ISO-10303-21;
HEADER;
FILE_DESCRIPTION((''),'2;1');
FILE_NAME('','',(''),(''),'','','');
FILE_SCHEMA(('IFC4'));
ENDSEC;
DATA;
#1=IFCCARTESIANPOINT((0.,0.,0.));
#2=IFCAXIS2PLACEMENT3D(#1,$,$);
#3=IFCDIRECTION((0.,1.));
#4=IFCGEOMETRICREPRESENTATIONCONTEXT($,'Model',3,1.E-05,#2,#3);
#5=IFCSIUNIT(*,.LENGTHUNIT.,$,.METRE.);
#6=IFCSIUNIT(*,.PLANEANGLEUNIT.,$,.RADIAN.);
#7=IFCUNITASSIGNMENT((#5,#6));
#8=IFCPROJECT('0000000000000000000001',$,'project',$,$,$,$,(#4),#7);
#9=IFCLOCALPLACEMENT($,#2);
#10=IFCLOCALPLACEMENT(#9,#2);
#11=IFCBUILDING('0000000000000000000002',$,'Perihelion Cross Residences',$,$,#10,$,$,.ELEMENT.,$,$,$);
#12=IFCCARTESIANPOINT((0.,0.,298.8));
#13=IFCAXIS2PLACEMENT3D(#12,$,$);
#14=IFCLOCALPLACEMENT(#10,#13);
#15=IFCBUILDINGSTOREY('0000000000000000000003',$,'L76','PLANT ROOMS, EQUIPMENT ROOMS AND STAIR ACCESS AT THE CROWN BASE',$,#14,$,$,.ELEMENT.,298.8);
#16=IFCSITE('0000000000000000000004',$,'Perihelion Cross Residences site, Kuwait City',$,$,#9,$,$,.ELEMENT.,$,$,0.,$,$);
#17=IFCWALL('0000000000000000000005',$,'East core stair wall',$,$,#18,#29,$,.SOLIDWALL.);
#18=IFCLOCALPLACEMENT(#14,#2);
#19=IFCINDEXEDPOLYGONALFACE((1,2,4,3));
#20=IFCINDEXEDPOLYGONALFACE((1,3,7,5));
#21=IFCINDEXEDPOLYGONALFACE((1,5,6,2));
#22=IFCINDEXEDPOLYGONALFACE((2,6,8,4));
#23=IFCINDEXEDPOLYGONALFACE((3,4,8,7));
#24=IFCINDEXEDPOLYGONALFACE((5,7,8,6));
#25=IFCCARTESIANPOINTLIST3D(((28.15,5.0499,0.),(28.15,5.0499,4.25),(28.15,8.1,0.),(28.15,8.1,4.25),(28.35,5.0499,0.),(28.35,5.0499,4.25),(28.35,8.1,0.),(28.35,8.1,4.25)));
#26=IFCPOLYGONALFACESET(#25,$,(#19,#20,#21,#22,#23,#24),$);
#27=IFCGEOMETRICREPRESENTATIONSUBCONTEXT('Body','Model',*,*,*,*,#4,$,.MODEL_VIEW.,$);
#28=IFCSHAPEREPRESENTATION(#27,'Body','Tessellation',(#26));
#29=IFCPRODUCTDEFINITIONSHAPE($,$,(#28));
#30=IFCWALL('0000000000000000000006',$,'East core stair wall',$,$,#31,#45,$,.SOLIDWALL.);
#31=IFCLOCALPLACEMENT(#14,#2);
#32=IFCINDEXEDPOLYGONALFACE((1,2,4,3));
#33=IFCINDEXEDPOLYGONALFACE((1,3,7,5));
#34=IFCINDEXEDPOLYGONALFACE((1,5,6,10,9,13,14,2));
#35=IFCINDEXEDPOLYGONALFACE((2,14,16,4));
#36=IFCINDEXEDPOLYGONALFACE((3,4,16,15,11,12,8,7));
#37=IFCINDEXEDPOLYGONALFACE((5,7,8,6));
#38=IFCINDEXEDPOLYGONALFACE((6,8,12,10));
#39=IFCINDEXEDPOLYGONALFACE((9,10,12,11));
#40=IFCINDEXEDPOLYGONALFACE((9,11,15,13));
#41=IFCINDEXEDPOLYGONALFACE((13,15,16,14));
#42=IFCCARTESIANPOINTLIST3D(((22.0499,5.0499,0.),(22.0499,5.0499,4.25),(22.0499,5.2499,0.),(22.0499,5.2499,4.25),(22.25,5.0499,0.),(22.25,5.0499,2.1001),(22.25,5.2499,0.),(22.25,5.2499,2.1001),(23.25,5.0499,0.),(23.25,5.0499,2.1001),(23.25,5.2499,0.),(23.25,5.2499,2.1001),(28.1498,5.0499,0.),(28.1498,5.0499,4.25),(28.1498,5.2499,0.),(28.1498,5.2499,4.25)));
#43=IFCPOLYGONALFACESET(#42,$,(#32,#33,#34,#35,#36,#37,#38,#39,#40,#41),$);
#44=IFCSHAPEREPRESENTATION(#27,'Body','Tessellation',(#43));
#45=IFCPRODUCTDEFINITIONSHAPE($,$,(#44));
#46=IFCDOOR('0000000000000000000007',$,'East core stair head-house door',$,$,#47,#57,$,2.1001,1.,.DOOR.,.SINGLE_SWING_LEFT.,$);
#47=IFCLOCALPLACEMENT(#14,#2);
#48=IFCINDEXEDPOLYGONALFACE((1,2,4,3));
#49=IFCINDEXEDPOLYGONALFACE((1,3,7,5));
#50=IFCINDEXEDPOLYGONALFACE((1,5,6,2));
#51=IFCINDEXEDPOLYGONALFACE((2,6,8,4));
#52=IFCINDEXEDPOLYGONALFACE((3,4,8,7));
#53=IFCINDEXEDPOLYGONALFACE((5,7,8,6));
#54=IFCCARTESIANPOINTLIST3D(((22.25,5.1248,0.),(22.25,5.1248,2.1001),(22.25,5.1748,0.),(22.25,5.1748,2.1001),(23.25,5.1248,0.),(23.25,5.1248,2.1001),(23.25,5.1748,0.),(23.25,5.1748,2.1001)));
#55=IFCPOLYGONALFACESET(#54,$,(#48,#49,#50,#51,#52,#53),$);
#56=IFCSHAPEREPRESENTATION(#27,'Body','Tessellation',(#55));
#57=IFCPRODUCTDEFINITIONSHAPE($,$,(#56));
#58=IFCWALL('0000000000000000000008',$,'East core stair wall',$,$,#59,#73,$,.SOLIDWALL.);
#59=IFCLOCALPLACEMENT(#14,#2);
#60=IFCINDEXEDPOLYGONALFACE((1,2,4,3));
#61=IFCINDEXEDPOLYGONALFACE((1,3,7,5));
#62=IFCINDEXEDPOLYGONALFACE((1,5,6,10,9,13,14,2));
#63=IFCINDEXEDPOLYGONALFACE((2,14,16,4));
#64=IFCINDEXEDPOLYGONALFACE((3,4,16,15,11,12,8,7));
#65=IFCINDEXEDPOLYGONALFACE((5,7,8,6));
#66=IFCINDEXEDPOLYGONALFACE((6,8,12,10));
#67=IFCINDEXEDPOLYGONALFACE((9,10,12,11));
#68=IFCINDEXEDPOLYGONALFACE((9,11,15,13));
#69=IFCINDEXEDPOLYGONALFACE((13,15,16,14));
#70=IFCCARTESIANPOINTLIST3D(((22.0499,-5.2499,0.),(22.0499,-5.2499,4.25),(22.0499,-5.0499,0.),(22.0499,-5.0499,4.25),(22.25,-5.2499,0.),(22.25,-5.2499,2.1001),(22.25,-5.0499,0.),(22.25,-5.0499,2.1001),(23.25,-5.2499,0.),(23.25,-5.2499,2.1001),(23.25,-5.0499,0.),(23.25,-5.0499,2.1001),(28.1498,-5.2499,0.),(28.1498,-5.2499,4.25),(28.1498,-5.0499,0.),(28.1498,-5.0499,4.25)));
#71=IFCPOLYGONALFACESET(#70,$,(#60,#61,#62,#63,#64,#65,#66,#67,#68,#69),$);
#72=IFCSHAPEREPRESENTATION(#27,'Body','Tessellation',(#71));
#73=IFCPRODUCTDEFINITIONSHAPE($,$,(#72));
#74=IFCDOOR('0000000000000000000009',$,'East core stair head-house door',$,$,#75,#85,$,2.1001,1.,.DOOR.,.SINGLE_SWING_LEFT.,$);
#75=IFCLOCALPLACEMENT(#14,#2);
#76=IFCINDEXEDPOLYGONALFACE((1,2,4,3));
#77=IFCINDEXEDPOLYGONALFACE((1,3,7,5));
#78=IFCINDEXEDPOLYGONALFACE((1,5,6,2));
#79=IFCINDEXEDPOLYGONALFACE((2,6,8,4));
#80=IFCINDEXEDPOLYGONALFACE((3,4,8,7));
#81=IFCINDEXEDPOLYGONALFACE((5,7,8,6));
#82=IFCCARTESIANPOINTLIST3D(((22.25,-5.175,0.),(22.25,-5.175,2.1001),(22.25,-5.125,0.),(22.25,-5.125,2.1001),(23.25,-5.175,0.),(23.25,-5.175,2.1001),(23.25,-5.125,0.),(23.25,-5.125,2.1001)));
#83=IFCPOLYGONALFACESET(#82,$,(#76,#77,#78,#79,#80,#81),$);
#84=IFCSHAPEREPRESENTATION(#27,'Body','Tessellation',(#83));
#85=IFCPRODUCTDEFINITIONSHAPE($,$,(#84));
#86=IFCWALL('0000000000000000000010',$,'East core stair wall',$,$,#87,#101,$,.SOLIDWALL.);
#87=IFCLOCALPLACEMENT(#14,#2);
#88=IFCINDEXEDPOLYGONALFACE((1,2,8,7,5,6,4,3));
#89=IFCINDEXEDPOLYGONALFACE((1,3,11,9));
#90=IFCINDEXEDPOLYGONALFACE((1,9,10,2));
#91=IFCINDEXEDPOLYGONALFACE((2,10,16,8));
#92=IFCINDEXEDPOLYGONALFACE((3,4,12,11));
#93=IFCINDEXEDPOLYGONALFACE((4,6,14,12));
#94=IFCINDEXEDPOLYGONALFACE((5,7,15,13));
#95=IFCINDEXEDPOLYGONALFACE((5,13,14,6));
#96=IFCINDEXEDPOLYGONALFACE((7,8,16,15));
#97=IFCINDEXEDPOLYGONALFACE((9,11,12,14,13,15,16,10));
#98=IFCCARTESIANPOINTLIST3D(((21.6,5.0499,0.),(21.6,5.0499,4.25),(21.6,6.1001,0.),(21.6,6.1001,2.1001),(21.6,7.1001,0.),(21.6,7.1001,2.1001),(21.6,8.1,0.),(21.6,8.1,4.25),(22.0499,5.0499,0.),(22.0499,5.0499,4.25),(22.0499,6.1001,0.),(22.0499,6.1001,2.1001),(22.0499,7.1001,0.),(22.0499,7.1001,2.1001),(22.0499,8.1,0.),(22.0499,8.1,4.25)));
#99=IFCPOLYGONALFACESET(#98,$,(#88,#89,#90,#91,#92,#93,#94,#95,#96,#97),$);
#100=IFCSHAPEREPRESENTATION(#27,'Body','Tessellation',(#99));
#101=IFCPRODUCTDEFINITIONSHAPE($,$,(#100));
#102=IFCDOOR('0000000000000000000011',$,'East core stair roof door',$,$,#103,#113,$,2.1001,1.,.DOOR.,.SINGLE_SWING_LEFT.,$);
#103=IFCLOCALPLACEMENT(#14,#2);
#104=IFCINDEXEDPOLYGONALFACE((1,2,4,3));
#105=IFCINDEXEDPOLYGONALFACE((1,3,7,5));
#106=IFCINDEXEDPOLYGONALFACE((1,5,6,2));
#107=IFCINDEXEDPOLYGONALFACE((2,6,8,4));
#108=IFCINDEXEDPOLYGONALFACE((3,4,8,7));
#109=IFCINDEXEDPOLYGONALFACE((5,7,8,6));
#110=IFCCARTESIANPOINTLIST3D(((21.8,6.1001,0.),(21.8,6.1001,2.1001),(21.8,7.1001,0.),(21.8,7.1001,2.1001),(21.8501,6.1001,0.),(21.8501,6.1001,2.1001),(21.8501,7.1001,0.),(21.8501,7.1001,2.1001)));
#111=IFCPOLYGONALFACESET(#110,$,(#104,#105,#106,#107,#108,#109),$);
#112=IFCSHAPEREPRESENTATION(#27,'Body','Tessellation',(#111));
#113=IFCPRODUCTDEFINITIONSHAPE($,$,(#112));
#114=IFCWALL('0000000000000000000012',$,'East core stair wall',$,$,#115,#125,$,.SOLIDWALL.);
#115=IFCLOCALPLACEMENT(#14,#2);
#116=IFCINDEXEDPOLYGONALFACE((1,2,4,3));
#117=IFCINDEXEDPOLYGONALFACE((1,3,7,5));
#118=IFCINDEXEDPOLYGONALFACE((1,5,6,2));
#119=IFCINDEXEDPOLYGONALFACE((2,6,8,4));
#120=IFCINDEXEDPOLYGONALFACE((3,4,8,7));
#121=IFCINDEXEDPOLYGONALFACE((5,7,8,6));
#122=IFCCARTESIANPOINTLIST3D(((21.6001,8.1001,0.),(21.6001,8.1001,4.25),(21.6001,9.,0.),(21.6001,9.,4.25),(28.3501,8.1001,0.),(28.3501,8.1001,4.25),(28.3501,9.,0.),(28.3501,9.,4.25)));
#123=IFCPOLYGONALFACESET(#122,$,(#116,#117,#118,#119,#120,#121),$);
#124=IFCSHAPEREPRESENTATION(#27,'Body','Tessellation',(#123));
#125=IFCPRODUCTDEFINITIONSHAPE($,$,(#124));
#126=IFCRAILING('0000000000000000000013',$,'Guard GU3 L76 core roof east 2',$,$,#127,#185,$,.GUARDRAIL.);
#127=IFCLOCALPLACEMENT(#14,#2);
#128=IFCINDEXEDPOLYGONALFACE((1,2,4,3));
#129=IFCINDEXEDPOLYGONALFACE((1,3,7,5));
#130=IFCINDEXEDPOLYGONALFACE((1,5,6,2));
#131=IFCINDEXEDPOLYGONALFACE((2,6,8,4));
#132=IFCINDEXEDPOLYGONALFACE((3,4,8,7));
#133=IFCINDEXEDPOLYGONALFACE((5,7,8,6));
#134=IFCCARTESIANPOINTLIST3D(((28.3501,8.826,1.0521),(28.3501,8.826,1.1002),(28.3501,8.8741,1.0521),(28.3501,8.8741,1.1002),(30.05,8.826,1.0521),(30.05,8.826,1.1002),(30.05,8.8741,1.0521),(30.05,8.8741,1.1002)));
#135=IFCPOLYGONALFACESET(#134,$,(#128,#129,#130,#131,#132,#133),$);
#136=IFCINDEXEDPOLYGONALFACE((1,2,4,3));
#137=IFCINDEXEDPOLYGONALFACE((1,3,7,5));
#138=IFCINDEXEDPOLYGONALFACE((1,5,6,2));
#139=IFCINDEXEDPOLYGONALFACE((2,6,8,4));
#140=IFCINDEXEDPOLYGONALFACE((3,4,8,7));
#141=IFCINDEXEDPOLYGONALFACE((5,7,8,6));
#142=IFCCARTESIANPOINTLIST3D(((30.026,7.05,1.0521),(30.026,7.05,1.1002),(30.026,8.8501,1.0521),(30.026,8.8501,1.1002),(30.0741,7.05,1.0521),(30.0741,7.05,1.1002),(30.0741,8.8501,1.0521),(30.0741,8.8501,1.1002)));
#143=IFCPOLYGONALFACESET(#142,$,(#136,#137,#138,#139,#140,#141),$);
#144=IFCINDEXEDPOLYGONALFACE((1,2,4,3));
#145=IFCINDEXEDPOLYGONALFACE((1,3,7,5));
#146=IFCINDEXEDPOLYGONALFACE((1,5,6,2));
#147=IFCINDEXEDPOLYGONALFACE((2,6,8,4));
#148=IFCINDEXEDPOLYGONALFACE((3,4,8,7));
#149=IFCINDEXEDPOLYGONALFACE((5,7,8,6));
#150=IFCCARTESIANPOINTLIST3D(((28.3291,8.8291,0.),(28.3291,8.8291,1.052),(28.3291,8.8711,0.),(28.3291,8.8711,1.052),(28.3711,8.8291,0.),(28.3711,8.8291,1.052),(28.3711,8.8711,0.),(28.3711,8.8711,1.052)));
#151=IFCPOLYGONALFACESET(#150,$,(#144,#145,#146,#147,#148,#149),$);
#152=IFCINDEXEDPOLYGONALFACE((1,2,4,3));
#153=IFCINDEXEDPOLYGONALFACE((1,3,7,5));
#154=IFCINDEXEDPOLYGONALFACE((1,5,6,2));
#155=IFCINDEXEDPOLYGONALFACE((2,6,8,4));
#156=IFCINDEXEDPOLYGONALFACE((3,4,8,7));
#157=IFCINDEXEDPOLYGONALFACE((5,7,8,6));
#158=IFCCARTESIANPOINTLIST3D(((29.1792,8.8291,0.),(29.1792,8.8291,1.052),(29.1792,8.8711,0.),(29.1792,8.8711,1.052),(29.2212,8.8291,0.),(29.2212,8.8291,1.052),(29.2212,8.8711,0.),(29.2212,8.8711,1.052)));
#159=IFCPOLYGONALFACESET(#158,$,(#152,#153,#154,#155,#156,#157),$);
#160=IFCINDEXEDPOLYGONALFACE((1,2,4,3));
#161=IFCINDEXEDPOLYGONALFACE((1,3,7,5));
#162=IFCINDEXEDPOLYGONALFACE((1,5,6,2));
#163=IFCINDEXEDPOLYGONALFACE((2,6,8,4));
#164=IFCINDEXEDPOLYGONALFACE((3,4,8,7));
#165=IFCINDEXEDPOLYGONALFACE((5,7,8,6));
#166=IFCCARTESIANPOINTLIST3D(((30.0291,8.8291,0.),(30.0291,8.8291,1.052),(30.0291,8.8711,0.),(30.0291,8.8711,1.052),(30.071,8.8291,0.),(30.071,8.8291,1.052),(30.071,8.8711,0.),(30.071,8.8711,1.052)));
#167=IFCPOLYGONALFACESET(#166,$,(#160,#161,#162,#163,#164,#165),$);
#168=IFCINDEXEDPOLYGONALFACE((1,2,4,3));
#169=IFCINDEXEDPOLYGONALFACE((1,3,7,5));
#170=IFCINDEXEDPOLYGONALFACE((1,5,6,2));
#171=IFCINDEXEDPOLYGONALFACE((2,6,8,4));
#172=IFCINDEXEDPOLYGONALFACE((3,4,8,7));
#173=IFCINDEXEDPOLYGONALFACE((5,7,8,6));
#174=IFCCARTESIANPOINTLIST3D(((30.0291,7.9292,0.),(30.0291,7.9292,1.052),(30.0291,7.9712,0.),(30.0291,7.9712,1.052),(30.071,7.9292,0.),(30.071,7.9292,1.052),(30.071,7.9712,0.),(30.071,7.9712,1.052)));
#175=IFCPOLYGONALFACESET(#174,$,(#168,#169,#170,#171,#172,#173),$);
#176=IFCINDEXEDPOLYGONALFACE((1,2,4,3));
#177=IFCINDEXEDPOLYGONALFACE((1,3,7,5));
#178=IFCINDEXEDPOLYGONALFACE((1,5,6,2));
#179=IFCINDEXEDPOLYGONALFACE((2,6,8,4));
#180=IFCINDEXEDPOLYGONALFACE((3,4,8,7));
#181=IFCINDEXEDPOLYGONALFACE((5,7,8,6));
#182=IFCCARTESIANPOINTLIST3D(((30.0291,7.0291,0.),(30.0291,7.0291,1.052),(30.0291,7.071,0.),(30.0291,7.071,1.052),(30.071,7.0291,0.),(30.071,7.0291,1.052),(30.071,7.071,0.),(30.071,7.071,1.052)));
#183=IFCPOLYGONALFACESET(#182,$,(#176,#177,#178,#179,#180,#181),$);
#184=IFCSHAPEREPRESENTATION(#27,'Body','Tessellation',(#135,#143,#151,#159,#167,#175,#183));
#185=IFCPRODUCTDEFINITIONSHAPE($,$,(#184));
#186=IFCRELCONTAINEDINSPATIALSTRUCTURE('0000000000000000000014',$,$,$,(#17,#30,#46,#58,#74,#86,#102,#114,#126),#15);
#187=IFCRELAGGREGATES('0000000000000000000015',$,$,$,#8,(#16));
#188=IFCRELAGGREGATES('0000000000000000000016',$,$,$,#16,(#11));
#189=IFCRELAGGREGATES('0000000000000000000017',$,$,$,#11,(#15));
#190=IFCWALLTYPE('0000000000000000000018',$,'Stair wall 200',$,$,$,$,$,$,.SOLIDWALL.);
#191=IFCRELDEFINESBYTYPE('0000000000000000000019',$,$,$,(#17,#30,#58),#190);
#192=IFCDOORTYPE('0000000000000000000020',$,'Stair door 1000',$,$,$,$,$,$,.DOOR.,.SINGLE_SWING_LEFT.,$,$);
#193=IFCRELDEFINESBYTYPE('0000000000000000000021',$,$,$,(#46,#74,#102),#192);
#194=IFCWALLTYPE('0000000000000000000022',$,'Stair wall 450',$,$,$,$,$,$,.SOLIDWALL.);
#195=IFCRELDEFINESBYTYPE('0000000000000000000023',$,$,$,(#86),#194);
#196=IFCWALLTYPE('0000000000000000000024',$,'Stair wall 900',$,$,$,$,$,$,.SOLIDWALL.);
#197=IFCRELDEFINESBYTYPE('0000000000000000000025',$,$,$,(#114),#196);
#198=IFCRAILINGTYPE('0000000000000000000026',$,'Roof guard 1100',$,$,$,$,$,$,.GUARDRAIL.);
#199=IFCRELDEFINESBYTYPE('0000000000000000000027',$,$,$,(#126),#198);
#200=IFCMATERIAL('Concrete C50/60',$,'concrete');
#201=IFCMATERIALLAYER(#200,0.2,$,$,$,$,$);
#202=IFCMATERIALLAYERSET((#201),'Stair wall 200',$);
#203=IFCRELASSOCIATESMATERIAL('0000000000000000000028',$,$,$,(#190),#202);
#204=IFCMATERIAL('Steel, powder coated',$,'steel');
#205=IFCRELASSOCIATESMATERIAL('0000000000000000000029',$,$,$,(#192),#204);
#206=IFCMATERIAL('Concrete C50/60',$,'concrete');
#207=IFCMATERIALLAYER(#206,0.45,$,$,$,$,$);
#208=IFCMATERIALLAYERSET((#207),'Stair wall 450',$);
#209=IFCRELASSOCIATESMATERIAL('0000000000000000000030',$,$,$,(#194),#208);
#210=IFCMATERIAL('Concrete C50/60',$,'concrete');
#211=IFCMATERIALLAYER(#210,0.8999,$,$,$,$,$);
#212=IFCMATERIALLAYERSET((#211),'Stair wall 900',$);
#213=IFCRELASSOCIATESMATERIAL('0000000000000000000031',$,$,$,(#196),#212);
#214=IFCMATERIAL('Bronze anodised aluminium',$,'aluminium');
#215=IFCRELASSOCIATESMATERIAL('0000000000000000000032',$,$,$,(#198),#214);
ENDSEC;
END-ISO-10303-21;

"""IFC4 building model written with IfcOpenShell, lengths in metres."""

from ifc_helpers import new_model, si_unit, direction, frame, frame_2d, origin, origin_2d, place, context, subcontext, project, spatial, rectangle, extrude, material, layer, layer_set, type_object, element, fill, save


model = new_model("IFC4")

# Units and contexts
model_context = context("Model", 3, precision=1e-05, world=origin(), true_north=direction((0.0, 1.0)))
body_context = subcontext(model_context, "Body", "Model", "MODEL_VIEW")
ifc_project = project(units=[si_unit("LENGTHUNIT", "METRE"), si_unit("PLANEANGLEUNIT", "RADIAN")], contexts=[model_context])

# Site, building, storey
site_placement = place(None, origin())
site = spatial("IfcSite", under=ifc_project, at=site_placement, Name="Perihelion Cross Residences site, Kuwait City", CompositionType="ELEMENT", RefElevation=0.0)
building_placement = place(site_placement, origin())
building = spatial("IfcBuilding", under=site, at=building_placement, Name="Perihelion Cross Residences", CompositionType="ELEMENT")
storey_placement = place(building_placement, frame((0.0, 0.0, 298.8)))
storey = spatial("IfcBuildingStorey", under=building, at=storey_placement, Name="L76", Description="PLANT ROOMS, EQUIPMENT ROOMS AND STAIR ACCESS AT THE CROWN BASE", CompositionType="ELEMENT", Elevation=298.8)

# Wall
ifc_material_1 = material(Name="Concrete C50/60", Category="concrete")
ifc_layer_1 = layer(ifc_material_1, 0.2)
ifc_layer_set_1 = layer_set([ifc_layer_1], Name="Stair wall 200")
wall_type_1 = type_object("IfcWallType", Name="Stair wall 200", PredefinedType="SOLIDWALL", material=ifc_layer_set_1)
wall_1_placement = place(storey_placement, frame((28.25, 5.05, 0.0), z_axis=(0.0, 0.0, 1.0), x_axis=(0.0, 1.0, 0.0)))
element("IfcWall", 1, at=wall_1_placement, inside=storey, type_object=wall_type_1, Name="East core stair wall", PredefinedType="SOLIDWALL", context=body_context, shape_type="SweptSolid", body=[
    extrude(rectangle(XDim=3.05, YDim=0.2, at=frame_2d((1.5249, 0.0))), origin(), (0.0, 0.0, 1.0), 4.25),
])

# Walls, openings, doors
wall_2_placement = place(storey_placement, frame((22.05, 5.1499, 0.0), z_axis=(0.0, 0.0, 1.0), x_axis=(1.0, 0.0, 0.0)))
wall_2 = element("IfcWall", 2, at=wall_2_placement, inside=storey, type_object=wall_type_1, Name="East core stair wall", PredefinedType="SOLIDWALL", context=body_context, shape_type="SweptSolid", body=[
    extrude(rectangle(XDim=6.0999, YDim=0.2, at=frame_2d((3.0498, 0.0))), origin(), (0.0, 0.0, 1.0), 4.25),
])
opening_1_placement = place(wall_2_placement, frame((0.2, 0.0, 0.0)))
opening_1 = element("IfcOpeningElement", 3, at=opening_1_placement, cuts=wall_2, PredefinedType="OPENING", context=body_context, shape_type="SweptSolid", body=[
    extrude(rectangle(XDim=1.0, YDim=2.1001, at=frame_2d((0.5, 1.05))), frame((0.0, 0.1099, 0.0), z_axis=(0.0, -1.0, 0.0), x_axis=(1.0, 0.0, 0.0)), (0.0, 0.0, 1.0), 0.22),
])
ifc_material_2 = material(Name="Steel, powder coated", Category="steel")
door_type_1 = type_object("IfcDoorType", Name="Stair door 1000", OperationType="SINGLE_SWING_LEFT", PredefinedType="DOOR", material=ifc_material_2)
door_1_placement = place(opening_1_placement, origin())
door_1 = element("IfcDoor", 4, at=door_1_placement, inside=storey, type_object=door_type_1, Name="East core stair head-house door", OperationType="SINGLE_SWING_LEFT", OverallHeight=2.1001, OverallWidth=1.0, PredefinedType="DOOR", context=body_context, shape_type="SweptSolid", body=[
    extrude(rectangle(XDim=1.0, YDim=2.1001, at=frame_2d((0.5, 1.05))), frame((0.0, 0.0249, 0.0), z_axis=(0.0, -1.0, 0.0), x_axis=(1.0, 0.0, 0.0)), (0.0, 0.0, 1.0), 0.05),
])
fill(opening_1, door_1)
wall_3_placement = place(storey_placement, frame((22.05, -5.1499, 0.0), z_axis=(0.0, 0.0, 1.0), x_axis=(1.0, 0.0, 0.0)))
wall_3 = element("IfcWall", 5, at=wall_3_placement, inside=storey, type_object=wall_type_1, Name="East core stair wall", PredefinedType="SOLIDWALL", context=body_context, shape_type="SweptSolid", body=[
    extrude(rectangle(XDim=6.0999, YDim=0.2, at=frame_2d((3.0498, 0.0))), origin(), (0.0, 0.0, 1.0), 4.25),
])
opening_2_placement = place(wall_3_placement, frame((0.2, 0.0, 0.0)))
opening_2 = element("IfcOpeningElement", 6, at=opening_2_placement, cuts=wall_3, PredefinedType="OPENING", context=body_context, shape_type="SweptSolid", body=[
    extrude(rectangle(XDim=1.0, YDim=2.1001, at=frame_2d((0.5, 1.05))), frame((0.0, 0.1099, 0.0), z_axis=(0.0, -1.0, 0.0), x_axis=(1.0, 0.0, 0.0)), (0.0, 0.0, 1.0), 0.22),
])
door_2_placement = place(opening_2_placement, origin())
door_2 = element("IfcDoor", 7, at=door_2_placement, inside=storey, type_object=door_type_1, Name="East core stair head-house door", OperationType="SINGLE_SWING_LEFT", OverallHeight=2.1001, OverallWidth=1.0, PredefinedType="DOOR", context=body_context, shape_type="SweptSolid", body=[
    extrude(rectangle(XDim=1.0, YDim=2.1001, at=frame_2d((0.5, 1.05))), frame((0.0, 0.0249, 0.0), z_axis=(0.0, -1.0, 0.0), x_axis=(1.0, 0.0, 0.0)), (0.0, 0.0, 1.0), 0.05),
])
fill(opening_2, door_2)
ifc_material_3 = material(Name="Concrete C50/60", Category="concrete")
ifc_layer_2 = layer(ifc_material_3, 0.45)
ifc_layer_set_2 = layer_set([ifc_layer_2], Name="Stair wall 450")
wall_type_2 = type_object("IfcWallType", Name="Stair wall 450", PredefinedType="SOLIDWALL", material=ifc_layer_set_2)
wall_4_placement = place(storey_placement, frame((21.825, 5.05, 0.0), z_axis=(0.0, 0.0, 1.0), x_axis=(0.0, 1.0, 0.0)))
wall_4 = element("IfcWall", 8, at=wall_4_placement, inside=storey, type_object=wall_type_2, Name="East core stair wall", PredefinedType="SOLIDWALL", context=body_context, shape_type="SweptSolid", body=[
    extrude(rectangle(XDim=3.05, YDim=0.45, at=frame_2d((1.5249, 0.0))), origin(), (0.0, 0.0, 1.0), 4.25),
])
opening_3_placement = place(wall_4_placement, frame((1.05, 0.0, 0.0)))
opening_3 = element("IfcOpeningElement", 9, at=opening_3_placement, cuts=wall_4, PredefinedType="OPENING", context=body_context, shape_type="SweptSolid", body=[
    extrude(rectangle(XDim=1.0, YDim=2.1001, at=frame_2d((0.5, 1.05))), frame((0.0, 0.2349, 0.0), z_axis=(0.0, -1.0, 0.0), x_axis=(1.0, 0.0, 0.0)), (0.0, 0.0, 1.0), 0.47),
])
door_3_placement = place(opening_3_placement, origin())
door_3 = element("IfcDoor", 10, at=door_3_placement, inside=storey, type_object=door_type_1, Name="East core stair roof door", OperationType="SINGLE_SWING_LEFT", OverallHeight=2.1001, OverallWidth=1.0, PredefinedType="DOOR", context=body_context, shape_type="SweptSolid", body=[
    extrude(rectangle(XDim=1.0, YDim=2.1001, at=frame_2d((0.5, 1.05))), frame((0.0, 0.0249, 0.0), z_axis=(0.0, -1.0, 0.0), x_axis=(1.0, 0.0, 0.0)), (0.0, 0.0, 1.0), 0.05),
])
fill(opening_3, door_3)

# Wall
ifc_material_4 = material(Name="Concrete C50/60", Category="concrete")
ifc_layer_3 = layer(ifc_material_4, 0.8999)
ifc_layer_set_3 = layer_set([ifc_layer_3], Name="Stair wall 900")
wall_type_3 = type_object("IfcWallType", Name="Stair wall 900", PredefinedType="SOLIDWALL", material=ifc_layer_set_3)
wall_5_placement = place(storey_placement, frame((21.6001, 8.55, 0.0), z_axis=(0.0, 0.0, 1.0), x_axis=(1.0, 0.0, 0.0)))
element("IfcWall", 11, at=wall_5_placement, inside=storey, type_object=wall_type_3, Name="East core stair wall", PredefinedType="SOLIDWALL", context=body_context, shape_type="SweptSolid", body=[
    extrude(rectangle(XDim=6.75, YDim=0.8999, at=frame_2d((3.375, 0.0))), origin(), (0.0, 0.0, 1.0), 4.25),
])

# Railing
ifc_material_5 = material(Name="Bronze anodised aluminium", Category="aluminium")
railing_type_1 = type_object("IfcRailingType", Name="Roof guard 1100", PredefinedType="GUARDRAIL", material=ifc_material_5)
railing_1_placement = place(storey_placement, frame((28.3501, 8.8501, 0.0)))
element("IfcRailing", 12, at=railing_1_placement, inside=storey, type_object=railing_type_1, Name="Guard GU3 L76 core roof east 2", PredefinedType="GUARDRAIL", context=body_context, shape_type="SweptSolid", body=[
    extrude(rectangle(XDim=0.0481, YDim=0.0481, at=origin_2d()), frame((0.0, 0.0, 1.0762), z_axis=(1.0, 0.0, 0.0), x_axis=(0.0, 1.0, 0.0)), (0.0, 0.0, 1.0), 1.7),
    extrude(rectangle(XDim=0.0481, YDim=0.0481, at=origin_2d()), frame((1.7, 0.0, 1.0762), z_axis=(0.0, -1.0, 0.0), x_axis=(1.0, 0.0, 0.0)), (0.0, 0.0, 1.0), 1.8),
    extrude(rectangle(XDim=0.042, YDim=0.042, at=origin_2d()), origin(), (0.0, 0.0, 1.0), 1.052),
    extrude(rectangle(XDim=0.042, YDim=0.042, at=origin_2d()), frame((0.8501, 0.0, 0.0)), (0.0, 0.0, 1.0), 1.052),
    extrude(rectangle(XDim=0.042, YDim=0.042, at=origin_2d()), frame((1.7, 0.0, 0.0)), (0.0, 0.0, 1.0), 1.052),
    extrude(rectangle(XDim=0.042, YDim=0.042, at=origin_2d()), frame((1.7, -0.8999, 0.0)), (0.0, 0.0, 1.0), 1.052),
    extrude(rectangle(XDim=0.042, YDim=0.042, at=origin_2d()), frame((1.7, -1.8, 0.0)), (0.0, 0.0, 1.0), 1.052),
])

save(model, "model.ifc")
